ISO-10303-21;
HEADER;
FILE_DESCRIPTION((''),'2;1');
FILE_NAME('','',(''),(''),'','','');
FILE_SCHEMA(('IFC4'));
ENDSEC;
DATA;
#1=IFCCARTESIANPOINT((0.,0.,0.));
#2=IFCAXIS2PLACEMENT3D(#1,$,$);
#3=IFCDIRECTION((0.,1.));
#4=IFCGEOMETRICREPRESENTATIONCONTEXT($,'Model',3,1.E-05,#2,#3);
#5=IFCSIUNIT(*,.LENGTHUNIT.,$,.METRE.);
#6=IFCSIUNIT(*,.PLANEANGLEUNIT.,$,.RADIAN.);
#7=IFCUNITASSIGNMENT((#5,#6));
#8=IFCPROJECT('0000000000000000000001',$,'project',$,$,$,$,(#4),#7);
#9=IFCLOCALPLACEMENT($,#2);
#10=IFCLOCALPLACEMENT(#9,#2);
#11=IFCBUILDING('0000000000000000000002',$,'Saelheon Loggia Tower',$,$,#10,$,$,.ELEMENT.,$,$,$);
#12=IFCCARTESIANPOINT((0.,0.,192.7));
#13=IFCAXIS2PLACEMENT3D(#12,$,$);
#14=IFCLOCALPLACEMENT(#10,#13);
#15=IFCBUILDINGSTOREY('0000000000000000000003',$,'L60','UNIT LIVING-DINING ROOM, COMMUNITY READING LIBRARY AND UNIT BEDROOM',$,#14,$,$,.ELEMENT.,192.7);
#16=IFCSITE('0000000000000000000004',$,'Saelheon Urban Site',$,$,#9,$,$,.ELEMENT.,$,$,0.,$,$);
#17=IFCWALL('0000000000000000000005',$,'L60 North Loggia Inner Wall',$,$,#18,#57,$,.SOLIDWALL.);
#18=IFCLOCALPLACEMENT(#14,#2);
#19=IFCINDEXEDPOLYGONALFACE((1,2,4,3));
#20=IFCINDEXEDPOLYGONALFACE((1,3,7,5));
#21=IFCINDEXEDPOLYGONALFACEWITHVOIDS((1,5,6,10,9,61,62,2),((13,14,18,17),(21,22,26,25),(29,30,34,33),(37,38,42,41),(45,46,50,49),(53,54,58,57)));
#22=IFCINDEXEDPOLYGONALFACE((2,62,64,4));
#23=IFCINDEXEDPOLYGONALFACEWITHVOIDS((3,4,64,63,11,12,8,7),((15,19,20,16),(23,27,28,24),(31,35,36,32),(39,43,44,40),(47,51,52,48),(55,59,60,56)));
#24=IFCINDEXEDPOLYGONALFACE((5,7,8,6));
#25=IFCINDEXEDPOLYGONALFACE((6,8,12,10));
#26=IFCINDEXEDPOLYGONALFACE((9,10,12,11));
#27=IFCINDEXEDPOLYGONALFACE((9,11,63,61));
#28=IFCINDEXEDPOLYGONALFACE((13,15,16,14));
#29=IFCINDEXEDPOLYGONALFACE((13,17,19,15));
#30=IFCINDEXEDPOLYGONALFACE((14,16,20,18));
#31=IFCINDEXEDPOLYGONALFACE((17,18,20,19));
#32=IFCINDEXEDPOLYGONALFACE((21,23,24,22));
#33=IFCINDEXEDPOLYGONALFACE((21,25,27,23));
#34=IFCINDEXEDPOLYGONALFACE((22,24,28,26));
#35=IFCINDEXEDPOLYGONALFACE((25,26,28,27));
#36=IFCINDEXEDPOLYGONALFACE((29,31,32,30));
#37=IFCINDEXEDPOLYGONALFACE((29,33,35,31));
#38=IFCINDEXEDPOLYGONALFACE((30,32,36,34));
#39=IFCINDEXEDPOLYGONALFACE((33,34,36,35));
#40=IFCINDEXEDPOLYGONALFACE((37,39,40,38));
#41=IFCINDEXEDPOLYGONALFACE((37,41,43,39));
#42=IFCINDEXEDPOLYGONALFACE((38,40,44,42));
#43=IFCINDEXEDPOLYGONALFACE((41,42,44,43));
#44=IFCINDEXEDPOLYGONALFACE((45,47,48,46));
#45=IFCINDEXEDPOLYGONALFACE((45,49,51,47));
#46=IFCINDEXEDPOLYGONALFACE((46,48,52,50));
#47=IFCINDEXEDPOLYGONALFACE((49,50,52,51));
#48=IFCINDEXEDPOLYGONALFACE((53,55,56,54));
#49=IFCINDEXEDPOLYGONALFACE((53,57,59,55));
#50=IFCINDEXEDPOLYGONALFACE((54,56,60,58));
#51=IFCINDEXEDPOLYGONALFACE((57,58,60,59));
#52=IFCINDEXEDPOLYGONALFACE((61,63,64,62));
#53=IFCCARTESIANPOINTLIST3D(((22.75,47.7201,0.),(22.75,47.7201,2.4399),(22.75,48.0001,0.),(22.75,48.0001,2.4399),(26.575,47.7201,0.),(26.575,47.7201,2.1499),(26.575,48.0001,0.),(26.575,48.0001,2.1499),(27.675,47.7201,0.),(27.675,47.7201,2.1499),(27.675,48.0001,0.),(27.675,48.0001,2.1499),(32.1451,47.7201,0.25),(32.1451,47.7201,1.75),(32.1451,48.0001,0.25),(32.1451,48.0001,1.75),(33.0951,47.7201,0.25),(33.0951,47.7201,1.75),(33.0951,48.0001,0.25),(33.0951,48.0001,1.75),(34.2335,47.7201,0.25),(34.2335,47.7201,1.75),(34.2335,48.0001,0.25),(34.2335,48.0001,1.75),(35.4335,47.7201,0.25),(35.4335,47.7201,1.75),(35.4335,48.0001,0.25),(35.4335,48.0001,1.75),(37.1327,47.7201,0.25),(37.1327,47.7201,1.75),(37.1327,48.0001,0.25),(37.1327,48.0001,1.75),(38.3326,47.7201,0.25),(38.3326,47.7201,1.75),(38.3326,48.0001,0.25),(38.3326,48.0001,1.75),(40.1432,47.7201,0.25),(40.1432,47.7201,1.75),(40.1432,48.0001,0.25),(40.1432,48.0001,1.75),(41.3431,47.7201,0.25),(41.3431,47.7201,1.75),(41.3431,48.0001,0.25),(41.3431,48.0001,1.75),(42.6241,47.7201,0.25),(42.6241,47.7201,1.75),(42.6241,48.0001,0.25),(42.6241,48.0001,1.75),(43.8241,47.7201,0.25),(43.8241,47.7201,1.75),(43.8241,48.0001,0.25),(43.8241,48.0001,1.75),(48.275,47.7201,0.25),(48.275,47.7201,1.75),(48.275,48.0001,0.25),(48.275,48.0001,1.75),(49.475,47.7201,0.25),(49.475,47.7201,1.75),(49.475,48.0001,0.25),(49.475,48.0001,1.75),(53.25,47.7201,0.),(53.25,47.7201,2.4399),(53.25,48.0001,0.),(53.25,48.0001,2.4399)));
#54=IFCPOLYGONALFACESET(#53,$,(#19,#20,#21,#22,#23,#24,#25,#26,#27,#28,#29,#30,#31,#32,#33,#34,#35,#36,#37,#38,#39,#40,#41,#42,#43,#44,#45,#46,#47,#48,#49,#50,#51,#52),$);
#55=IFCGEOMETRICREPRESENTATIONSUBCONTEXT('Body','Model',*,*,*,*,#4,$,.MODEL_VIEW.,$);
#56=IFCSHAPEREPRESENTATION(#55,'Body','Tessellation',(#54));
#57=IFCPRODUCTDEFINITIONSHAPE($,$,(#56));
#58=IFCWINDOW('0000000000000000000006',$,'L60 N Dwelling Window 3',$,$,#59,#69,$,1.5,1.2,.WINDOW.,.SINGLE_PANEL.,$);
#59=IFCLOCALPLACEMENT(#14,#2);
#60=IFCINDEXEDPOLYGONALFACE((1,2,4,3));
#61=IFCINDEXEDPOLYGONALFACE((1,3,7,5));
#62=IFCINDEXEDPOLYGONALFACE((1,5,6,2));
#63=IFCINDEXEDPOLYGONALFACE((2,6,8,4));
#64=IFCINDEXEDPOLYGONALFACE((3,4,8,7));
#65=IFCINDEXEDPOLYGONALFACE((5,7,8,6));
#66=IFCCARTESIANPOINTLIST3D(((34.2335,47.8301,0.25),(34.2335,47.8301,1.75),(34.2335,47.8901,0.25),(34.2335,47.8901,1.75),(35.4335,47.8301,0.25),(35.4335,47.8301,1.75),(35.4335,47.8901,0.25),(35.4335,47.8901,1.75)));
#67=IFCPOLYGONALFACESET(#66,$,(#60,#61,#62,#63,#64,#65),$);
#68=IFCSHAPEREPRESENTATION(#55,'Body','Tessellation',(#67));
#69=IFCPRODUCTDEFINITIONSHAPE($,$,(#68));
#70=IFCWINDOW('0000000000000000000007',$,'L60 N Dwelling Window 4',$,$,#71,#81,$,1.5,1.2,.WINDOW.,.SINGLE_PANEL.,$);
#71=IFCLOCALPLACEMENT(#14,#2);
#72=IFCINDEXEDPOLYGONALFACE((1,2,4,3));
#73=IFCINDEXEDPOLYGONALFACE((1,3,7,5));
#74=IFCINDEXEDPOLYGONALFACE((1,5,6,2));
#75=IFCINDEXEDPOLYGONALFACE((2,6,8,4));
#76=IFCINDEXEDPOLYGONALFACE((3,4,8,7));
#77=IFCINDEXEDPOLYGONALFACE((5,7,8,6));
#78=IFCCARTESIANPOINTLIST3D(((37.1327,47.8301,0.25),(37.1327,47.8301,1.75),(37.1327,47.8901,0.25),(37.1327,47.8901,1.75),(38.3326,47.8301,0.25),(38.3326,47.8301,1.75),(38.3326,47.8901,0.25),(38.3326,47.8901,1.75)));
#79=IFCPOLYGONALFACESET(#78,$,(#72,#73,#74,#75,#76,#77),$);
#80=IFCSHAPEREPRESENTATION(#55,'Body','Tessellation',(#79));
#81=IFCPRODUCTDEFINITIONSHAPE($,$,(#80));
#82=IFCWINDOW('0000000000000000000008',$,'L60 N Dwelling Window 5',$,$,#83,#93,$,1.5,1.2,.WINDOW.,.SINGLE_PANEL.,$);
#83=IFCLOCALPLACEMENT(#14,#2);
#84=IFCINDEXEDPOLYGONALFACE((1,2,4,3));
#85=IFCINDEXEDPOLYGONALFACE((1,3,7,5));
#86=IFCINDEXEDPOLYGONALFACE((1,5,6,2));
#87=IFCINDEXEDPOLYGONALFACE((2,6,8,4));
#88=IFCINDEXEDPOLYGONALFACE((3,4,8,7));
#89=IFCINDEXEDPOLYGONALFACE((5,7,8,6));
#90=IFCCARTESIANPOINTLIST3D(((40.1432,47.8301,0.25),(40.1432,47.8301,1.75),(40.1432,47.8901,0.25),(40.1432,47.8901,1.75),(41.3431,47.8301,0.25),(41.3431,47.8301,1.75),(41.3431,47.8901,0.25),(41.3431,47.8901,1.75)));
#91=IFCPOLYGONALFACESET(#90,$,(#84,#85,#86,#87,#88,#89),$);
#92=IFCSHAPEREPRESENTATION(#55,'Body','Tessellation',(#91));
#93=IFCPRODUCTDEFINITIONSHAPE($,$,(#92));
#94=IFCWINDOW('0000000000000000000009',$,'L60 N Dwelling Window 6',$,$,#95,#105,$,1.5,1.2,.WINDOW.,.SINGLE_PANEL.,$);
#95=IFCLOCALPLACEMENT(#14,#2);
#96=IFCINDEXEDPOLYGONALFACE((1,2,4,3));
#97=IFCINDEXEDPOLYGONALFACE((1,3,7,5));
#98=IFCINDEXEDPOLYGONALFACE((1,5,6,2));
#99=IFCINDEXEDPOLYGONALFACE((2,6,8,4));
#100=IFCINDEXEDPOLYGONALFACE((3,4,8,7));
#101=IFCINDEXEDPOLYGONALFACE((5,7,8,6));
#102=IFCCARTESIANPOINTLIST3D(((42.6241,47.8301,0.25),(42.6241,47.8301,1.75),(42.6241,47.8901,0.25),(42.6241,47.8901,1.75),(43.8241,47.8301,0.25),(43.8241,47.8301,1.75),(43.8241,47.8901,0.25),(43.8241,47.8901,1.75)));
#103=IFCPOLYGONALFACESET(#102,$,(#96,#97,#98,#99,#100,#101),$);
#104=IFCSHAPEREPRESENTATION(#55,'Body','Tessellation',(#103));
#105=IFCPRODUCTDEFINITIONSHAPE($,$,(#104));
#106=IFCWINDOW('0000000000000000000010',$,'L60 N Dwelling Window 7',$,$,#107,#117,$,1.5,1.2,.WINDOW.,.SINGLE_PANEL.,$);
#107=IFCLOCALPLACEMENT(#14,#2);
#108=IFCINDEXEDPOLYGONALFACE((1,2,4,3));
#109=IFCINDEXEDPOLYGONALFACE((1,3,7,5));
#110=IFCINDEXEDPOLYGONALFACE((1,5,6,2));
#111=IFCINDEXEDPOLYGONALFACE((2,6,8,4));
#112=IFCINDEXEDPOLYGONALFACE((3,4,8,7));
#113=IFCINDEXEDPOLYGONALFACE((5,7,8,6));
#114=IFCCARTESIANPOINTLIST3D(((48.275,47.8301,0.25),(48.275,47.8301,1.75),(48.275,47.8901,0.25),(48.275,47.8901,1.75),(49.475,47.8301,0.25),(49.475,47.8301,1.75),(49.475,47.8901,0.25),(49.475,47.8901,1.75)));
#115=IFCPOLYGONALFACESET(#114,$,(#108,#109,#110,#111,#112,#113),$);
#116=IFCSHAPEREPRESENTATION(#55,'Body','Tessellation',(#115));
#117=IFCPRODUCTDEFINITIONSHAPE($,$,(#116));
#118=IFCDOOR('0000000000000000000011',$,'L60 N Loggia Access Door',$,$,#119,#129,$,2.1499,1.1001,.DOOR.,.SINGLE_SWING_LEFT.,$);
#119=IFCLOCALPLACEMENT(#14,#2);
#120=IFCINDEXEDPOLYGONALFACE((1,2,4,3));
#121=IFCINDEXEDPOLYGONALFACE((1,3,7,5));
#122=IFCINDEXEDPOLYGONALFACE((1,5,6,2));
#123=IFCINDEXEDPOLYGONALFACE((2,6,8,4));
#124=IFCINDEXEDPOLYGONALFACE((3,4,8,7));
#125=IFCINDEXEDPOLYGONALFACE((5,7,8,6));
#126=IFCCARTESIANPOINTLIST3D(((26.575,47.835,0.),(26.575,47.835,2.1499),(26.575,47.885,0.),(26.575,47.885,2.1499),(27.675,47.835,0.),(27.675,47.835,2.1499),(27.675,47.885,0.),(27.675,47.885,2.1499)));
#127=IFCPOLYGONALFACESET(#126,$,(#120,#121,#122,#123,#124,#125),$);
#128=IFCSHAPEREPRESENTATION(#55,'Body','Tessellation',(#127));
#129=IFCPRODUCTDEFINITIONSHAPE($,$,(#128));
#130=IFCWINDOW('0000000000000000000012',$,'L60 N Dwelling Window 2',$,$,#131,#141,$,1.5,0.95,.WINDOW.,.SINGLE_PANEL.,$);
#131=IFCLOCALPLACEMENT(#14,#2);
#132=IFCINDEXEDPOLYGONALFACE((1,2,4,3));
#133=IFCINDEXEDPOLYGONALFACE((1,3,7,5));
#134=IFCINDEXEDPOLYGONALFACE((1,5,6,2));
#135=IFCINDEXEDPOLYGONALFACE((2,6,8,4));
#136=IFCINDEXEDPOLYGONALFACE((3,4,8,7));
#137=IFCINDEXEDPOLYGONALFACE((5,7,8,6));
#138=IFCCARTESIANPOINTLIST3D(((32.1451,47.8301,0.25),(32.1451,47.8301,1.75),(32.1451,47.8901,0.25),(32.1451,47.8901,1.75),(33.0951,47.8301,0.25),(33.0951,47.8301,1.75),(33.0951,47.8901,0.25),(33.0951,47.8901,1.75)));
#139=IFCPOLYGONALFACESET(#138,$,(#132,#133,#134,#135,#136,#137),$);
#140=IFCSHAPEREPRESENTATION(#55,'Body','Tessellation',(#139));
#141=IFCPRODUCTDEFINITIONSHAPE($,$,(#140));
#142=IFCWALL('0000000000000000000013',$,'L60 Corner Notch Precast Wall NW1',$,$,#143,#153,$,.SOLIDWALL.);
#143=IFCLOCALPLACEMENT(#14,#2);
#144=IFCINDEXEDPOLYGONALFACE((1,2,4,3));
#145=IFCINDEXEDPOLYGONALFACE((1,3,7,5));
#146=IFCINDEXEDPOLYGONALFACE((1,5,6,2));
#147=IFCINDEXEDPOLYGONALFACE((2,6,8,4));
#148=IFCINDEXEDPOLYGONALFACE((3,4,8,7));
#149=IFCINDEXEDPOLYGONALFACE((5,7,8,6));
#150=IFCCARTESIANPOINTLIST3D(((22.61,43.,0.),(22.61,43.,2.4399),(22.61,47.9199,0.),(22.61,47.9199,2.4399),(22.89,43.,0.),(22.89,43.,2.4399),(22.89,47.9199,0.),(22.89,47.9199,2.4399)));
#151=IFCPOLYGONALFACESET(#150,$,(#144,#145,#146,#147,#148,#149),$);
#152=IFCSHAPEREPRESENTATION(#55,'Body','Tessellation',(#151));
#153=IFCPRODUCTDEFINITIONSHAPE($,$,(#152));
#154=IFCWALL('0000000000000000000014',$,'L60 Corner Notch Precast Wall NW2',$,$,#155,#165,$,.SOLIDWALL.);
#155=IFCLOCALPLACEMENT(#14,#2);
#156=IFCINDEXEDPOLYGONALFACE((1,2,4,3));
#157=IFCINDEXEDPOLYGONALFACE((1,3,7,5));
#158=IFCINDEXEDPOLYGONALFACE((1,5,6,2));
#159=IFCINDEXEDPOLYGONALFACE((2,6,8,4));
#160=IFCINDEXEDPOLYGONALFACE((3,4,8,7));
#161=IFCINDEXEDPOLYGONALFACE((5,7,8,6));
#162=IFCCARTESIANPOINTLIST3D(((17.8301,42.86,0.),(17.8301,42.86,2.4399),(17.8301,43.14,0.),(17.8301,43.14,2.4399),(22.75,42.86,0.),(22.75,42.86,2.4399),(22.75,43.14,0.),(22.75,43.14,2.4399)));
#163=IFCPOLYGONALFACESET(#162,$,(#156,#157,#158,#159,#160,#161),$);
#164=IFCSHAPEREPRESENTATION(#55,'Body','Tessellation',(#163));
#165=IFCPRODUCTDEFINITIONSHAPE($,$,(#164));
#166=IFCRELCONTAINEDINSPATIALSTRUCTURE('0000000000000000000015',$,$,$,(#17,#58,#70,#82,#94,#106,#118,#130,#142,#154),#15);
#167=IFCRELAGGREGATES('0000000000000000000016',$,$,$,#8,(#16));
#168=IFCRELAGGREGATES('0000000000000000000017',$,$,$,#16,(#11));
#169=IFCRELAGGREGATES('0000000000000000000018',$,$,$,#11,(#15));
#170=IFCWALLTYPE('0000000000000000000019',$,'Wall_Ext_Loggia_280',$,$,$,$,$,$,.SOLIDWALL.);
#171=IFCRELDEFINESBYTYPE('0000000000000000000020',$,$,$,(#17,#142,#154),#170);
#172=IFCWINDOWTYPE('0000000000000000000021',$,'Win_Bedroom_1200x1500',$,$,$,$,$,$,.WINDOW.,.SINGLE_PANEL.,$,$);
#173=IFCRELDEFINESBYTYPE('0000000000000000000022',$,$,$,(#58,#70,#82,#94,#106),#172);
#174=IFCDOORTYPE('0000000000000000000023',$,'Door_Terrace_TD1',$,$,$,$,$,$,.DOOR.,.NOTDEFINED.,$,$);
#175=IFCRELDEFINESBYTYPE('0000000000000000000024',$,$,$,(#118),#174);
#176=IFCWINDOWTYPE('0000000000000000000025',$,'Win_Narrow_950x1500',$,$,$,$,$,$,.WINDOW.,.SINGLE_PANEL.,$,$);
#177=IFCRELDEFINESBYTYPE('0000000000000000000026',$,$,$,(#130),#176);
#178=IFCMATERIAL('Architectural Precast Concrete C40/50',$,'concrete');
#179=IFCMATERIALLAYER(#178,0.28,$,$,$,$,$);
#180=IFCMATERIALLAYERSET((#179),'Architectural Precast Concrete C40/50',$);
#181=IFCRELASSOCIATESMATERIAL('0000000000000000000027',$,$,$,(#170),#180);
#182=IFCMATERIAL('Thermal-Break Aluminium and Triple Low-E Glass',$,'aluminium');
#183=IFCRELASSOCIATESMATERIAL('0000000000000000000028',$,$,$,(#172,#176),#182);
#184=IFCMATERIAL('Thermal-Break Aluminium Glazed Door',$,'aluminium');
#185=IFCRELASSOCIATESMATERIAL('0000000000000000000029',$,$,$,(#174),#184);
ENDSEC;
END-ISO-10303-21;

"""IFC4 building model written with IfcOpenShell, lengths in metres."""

from ifc_helpers import new_model, si_unit, direction, frame, frame_2d, origin, place, context, subcontext, project, spatial, rectangle, extrude, source, transform, mapped, material, layer, layer_set, type_object, element, fill, save


model = new_model("IFC4")

# Units and contexts
model_context = context("Model", 3, precision=1e-05, world=origin(), true_north=direction((0.0, 1.0)))
body_context = subcontext(model_context, "Body", "Model", "MODEL_VIEW")
ifc_project = project(units=[si_unit("LENGTHUNIT", "METRE"), si_unit("PLANEANGLEUNIT", "RADIAN")], contexts=[model_context])

# Site, building, storey
site_placement = place(None, origin())
site = spatial("IfcSite", under=ifc_project, at=site_placement, Name="Saelheon Urban Site", CompositionType="ELEMENT", RefElevation=0.0)
building_placement = place(site_placement, origin())
building = spatial("IfcBuilding", under=site, at=building_placement, Name="Saelheon Loggia Tower", CompositionType="ELEMENT")
storey_placement = place(building_placement, frame((0.0, 0.0, 192.7)))
storey = spatial("IfcBuildingStorey", under=building, at=storey_placement, Name="L60", Description="UNIT LIVING-DINING ROOM, COMMUNITY READING LIBRARY AND UNIT BEDROOM", CompositionType="ELEMENT", Elevation=192.7)

# Wall, openings, windows, door
ifc_material_1 = material(Name="Architectural Precast Concrete C40/50", Category="concrete")
ifc_layer_1 = layer(ifc_material_1, 0.28)
ifc_layer_set_1 = layer_set([ifc_layer_1], Name="Architectural Precast Concrete C40/50")
wall_type_1 = type_object("IfcWallType", Name="Wall_Ext_Loggia_280", PredefinedType="SOLIDWALL", material=ifc_layer_set_1)
wall_1_placement = place(storey_placement, frame((22.75, 47.8601, 0.0), z_axis=(0.0, 0.0, 1.0), x_axis=(1.0, 0.0, 0.0)))
wall_1 = element("IfcWall", 1, at=wall_1_placement, inside=storey, type_object=wall_type_1, Name="L60 North Loggia Inner Wall", PredefinedType="SOLIDWALL", context=body_context, shape_type="SweptSolid", body=[
    extrude(rectangle(XDim=30.5, YDim=0.28, at=frame_2d((15.25, 0.0))), origin(), (0.0, 0.0, 1.0), 2.4399),
])
opening_1_placement = place(wall_1_placement, frame((3.825, 0.0, 0.0)))
opening_1 = element("IfcOpeningElement", 2, at=opening_1_placement, cuts=wall_1, PredefinedType="OPENING", context=body_context, shape_type="SweptSolid", body=[
    extrude(rectangle(XDim=1.1001, YDim=2.1499, at=frame_2d((0.55, 1.075))), frame((0.0, 0.1521, 0.0), z_axis=(0.0, -1.0, 0.0), x_axis=(1.0, 0.0, 0.0)), (0.0, 0.0, 1.0), 0.304),
])
opening_2_placement = place(wall_1_placement, frame((9.395, 0.0, 0.25)))
opening_2 = element("IfcOpeningElement", 3, at=opening_2_placement, cuts=wall_1, PredefinedType="OPENING", context=body_context, shape_type="SweptSolid", body=[
    extrude(rectangle(XDim=0.95, YDim=1.5, at=frame_2d((0.4751, 0.75))), frame((0.0, 0.1521, 0.0), z_axis=(0.0, -1.0, 0.0), x_axis=(1.0, 0.0, 0.0)), (0.0, 0.0, 1.0), 0.304),
])
opening_3_placement = place(wall_1_placement, frame((11.4834, 0.0, 0.25)))
opening_3 = element("IfcOpeningElement", 4, at=opening_3_placement, cuts=wall_1, PredefinedType="OPENING", context=body_context, shape_type="SweptSolid", body=[
    extrude(rectangle(XDim=1.2, YDim=1.5, at=frame_2d((0.6001, 0.75))), frame((0.0, 0.1521, 0.0), z_axis=(0.0, -1.0, 0.0), x_axis=(1.0, 0.0, 0.0)), (0.0, 0.0, 1.0), 0.304),
])
opening_4_placement = place(wall_1_placement, frame((14.3826, 0.0, 0.25)))
opening_4 = element("IfcOpeningElement", 5, at=opening_4_placement, cuts=wall_1, PredefinedType="OPENING", context=body_context, shape_type="SweptSolid", body=[
    extrude(rectangle(XDim=1.2, YDim=1.5, at=frame_2d((0.6001, 0.75))), frame((0.0, 0.1521, 0.0), z_axis=(0.0, -1.0, 0.0), x_axis=(1.0, 0.0, 0.0)), (0.0, 0.0, 1.0), 0.304),
])
opening_5_placement = place(wall_1_placement, frame((17.3931, 0.0, 0.25)))
opening_5 = element("IfcOpeningElement", 6, at=opening_5_placement, cuts=wall_1, PredefinedType="OPENING", context=body_context, shape_type="SweptSolid", body=[
    extrude(rectangle(XDim=1.2, YDim=1.5, at=frame_2d((0.6001, 0.75))), frame((0.0, 0.1521, 0.0), z_axis=(0.0, -1.0, 0.0), x_axis=(1.0, 0.0, 0.0)), (0.0, 0.0, 1.0), 0.304),
])
opening_6_placement = place(wall_1_placement, frame((19.874, 0.0, 0.25)))
opening_6 = element("IfcOpeningElement", 7, at=opening_6_placement, cuts=wall_1, PredefinedType="OPENING", context=body_context, shape_type="SweptSolid", body=[
    extrude(rectangle(XDim=1.2, YDim=1.5, at=frame_2d((0.6001, 0.75))), frame((0.0, 0.1521, 0.0), z_axis=(0.0, -1.0, 0.0), x_axis=(1.0, 0.0, 0.0)), (0.0, 0.0, 1.0), 0.304),
])
opening_7_placement = place(wall_1_placement, frame((25.5249, 0.0, 0.25)))
opening_7 = element("IfcOpeningElement", 8, at=opening_7_placement, cuts=wall_1, PredefinedType="OPENING", context=body_context, shape_type="SweptSolid", body=[
    extrude(rectangle(XDim=1.2, YDim=1.5, at=frame_2d((0.6001, 0.75))), frame((0.0, 0.1521, 0.0), z_axis=(0.0, -1.0, 0.0), x_axis=(1.0, 0.0, 0.0)), (0.0, 0.0, 1.0), 0.304),
])
ifc_material_2 = material(Name="Thermal-Break Aluminium and Triple Low-E Glass", Category="aluminium")
window_type_1 = type_object("IfcWindowType", Name="Win_Bedroom_1200x1500", PartitioningType="SINGLE_PANEL", PredefinedType="WINDOW", material=ifc_material_2)
shared_shape_1 = source(origin(), body_context, "Body", "SweptSolid", [
    extrude(rectangle(XDim=1.2, YDim=1.5, at=frame_2d((0.6001, 0.75))), frame((0.0, 0.03, 0.0), z_axis=(0.0, -1.0, 0.0), x_axis=(1.0, 0.0, 0.0)), (0.0, 0.0, 1.0), 0.0601),
])
window_1_placement = place(opening_3_placement, origin())
window_1 = element("IfcWindow", 9, at=window_1_placement, inside=storey, type_object=window_type_1, Name="L60 N Dwelling Window 3", OverallHeight=1.5, OverallWidth=1.2, PartitioningType="SINGLE_PANEL", PredefinedType="WINDOW", context=body_context, shape_type="MappedRepresentation", body=[
    mapped(shared_shape_1, transform((0.0, 0.0, 0.0), scale=1.0)),
])
fill(opening_3, window_1)
window_2_placement = place(opening_4_placement, origin())
window_2 = element("IfcWindow", 10, at=window_2_placement, inside=storey, type_object=window_type_1, Name="L60 N Dwelling Window 4", OverallHeight=1.5, OverallWidth=1.2, PartitioningType="SINGLE_PANEL", PredefinedType="WINDOW", context=body_context, shape_type="MappedRepresentation", body=[
    mapped(shared_shape_1, transform((0.0, 0.0, 0.0), scale=1.0)),
])
fill(opening_4, window_2)
window_3_placement = place(opening_5_placement, origin())
window_3 = element("IfcWindow", 11, at=window_3_placement, inside=storey, type_object=window_type_1, Name="L60 N Dwelling Window 5", OverallHeight=1.5, OverallWidth=1.2, PartitioningType="SINGLE_PANEL", PredefinedType="WINDOW", context=body_context, shape_type="MappedRepresentation", body=[
    mapped(shared_shape_1, transform((0.0, 0.0, 0.0), scale=1.0)),
])
fill(opening_5, window_3)
window_4_placement = place(opening_6_placement, origin())
window_4 = element("IfcWindow", 12, at=window_4_placement, inside=storey, type_object=window_type_1, Name="L60 N Dwelling Window 6", OverallHeight=1.5, OverallWidth=1.2, PartitioningType="SINGLE_PANEL", PredefinedType="WINDOW", context=body_context, shape_type="MappedRepresentation", body=[
    mapped(shared_shape_1, transform((0.0, 0.0, 0.0), scale=1.0)),
])
fill(opening_6, window_4)
window_5_placement = place(opening_7_placement, origin())
window_5 = element("IfcWindow", 13, at=window_5_placement, inside=storey, type_object=window_type_1, Name="L60 N Dwelling Window 7", OverallHeight=1.5, OverallWidth=1.2, PartitioningType="SINGLE_PANEL", PredefinedType="WINDOW", context=body_context, shape_type="MappedRepresentation", body=[
    mapped(shared_shape_1, transform((0.0, 0.0, 0.0), scale=1.0)),
])
fill(opening_7, window_5)
ifc_material_3 = material(Name="Thermal-Break Aluminium Glazed Door", Category="aluminium")
door_type_1 = type_object("IfcDoorType", Name="Door_Terrace_TD1", OperationType="NOTDEFINED", PredefinedType="DOOR", material=ifc_material_3)
shared_shape_2 = source(origin(), body_context, "Body", "SweptSolid", [
    extrude(rectangle(XDim=1.1001, YDim=2.1499, at=frame_2d((0.55, 1.075))), frame((0.0, 0.0249, 0.0), z_axis=(0.0, -1.0, 0.0), x_axis=(1.0, 0.0, 0.0)), (0.0, 0.0, 1.0), 0.05),
])
door_1_placement = place(opening_1_placement, origin())
door_1 = element("IfcDoor", 14, at=door_1_placement, inside=storey, type_object=door_type_1, Name="L60 N Loggia Access Door", OperationType="SINGLE_SWING_LEFT", OverallHeight=2.1499, OverallWidth=1.1001, PredefinedType="DOOR", context=body_context, shape_type="MappedRepresentation", body=[
    mapped(shared_shape_2, transform((0.0, 0.0, 0.0), scale=1.0)),
])
fill(opening_1, door_1)
window_type_2 = type_object("IfcWindowType", Name="Win_Narrow_950x1500", PartitioningType="SINGLE_PANEL", PredefinedType="WINDOW", material=ifc_material_2)
shared_shape_3 = source(origin(), body_context, "Body", "SweptSolid", [
    extrude(rectangle(XDim=0.95, YDim=1.5, at=frame_2d((0.4751, 0.75))), frame((0.0, 0.03, 0.0), z_axis=(0.0, -1.0, 0.0), x_axis=(1.0, 0.0, 0.0)), (0.0, 0.0, 1.0), 0.0601),
])
window_6_placement = place(opening_2_placement, origin())
window_6 = element("IfcWindow", 15, at=window_6_placement, inside=storey, type_object=window_type_2, Name="L60 N Dwelling Window 2", OverallHeight=1.5, OverallWidth=0.95, PartitioningType="SINGLE_PANEL", PredefinedType="WINDOW", context=body_context, shape_type="MappedRepresentation", body=[
    mapped(shared_shape_3, transform((0.0, 0.0, 0.0), scale=1.0)),
])
fill(opening_2, window_6)

# Walls
for number, where, z_axis, x_axis, name in (
    (16, (22.75, 43.0, 0.0), (0.0, 0.0, 1.0), (0.0, 1.0, 0.0), "L60 Corner Notch Precast Wall NW1"),
    (17, (17.8301, 43.0, 0.0), (0.0, 0.0, 1.0), (1.0, 0.0, 0.0), "L60 Corner Notch Precast Wall NW2"),
):
    element("IfcWall", number, at=place(storey_placement, frame(where, z_axis=z_axis, x_axis=x_axis)), inside=storey, type_object=wall_type_1, Name=name, PredefinedType="SOLIDWALL", context=body_context, shape_type="SweptSolid", body=[
        extrude(rectangle(XDim=4.9199, YDim=0.28, at=frame_2d((2.46, 0.0))), origin(), (0.0, 0.0, 1.0), 2.4399),
    ])

save(model, "model.ifc")
